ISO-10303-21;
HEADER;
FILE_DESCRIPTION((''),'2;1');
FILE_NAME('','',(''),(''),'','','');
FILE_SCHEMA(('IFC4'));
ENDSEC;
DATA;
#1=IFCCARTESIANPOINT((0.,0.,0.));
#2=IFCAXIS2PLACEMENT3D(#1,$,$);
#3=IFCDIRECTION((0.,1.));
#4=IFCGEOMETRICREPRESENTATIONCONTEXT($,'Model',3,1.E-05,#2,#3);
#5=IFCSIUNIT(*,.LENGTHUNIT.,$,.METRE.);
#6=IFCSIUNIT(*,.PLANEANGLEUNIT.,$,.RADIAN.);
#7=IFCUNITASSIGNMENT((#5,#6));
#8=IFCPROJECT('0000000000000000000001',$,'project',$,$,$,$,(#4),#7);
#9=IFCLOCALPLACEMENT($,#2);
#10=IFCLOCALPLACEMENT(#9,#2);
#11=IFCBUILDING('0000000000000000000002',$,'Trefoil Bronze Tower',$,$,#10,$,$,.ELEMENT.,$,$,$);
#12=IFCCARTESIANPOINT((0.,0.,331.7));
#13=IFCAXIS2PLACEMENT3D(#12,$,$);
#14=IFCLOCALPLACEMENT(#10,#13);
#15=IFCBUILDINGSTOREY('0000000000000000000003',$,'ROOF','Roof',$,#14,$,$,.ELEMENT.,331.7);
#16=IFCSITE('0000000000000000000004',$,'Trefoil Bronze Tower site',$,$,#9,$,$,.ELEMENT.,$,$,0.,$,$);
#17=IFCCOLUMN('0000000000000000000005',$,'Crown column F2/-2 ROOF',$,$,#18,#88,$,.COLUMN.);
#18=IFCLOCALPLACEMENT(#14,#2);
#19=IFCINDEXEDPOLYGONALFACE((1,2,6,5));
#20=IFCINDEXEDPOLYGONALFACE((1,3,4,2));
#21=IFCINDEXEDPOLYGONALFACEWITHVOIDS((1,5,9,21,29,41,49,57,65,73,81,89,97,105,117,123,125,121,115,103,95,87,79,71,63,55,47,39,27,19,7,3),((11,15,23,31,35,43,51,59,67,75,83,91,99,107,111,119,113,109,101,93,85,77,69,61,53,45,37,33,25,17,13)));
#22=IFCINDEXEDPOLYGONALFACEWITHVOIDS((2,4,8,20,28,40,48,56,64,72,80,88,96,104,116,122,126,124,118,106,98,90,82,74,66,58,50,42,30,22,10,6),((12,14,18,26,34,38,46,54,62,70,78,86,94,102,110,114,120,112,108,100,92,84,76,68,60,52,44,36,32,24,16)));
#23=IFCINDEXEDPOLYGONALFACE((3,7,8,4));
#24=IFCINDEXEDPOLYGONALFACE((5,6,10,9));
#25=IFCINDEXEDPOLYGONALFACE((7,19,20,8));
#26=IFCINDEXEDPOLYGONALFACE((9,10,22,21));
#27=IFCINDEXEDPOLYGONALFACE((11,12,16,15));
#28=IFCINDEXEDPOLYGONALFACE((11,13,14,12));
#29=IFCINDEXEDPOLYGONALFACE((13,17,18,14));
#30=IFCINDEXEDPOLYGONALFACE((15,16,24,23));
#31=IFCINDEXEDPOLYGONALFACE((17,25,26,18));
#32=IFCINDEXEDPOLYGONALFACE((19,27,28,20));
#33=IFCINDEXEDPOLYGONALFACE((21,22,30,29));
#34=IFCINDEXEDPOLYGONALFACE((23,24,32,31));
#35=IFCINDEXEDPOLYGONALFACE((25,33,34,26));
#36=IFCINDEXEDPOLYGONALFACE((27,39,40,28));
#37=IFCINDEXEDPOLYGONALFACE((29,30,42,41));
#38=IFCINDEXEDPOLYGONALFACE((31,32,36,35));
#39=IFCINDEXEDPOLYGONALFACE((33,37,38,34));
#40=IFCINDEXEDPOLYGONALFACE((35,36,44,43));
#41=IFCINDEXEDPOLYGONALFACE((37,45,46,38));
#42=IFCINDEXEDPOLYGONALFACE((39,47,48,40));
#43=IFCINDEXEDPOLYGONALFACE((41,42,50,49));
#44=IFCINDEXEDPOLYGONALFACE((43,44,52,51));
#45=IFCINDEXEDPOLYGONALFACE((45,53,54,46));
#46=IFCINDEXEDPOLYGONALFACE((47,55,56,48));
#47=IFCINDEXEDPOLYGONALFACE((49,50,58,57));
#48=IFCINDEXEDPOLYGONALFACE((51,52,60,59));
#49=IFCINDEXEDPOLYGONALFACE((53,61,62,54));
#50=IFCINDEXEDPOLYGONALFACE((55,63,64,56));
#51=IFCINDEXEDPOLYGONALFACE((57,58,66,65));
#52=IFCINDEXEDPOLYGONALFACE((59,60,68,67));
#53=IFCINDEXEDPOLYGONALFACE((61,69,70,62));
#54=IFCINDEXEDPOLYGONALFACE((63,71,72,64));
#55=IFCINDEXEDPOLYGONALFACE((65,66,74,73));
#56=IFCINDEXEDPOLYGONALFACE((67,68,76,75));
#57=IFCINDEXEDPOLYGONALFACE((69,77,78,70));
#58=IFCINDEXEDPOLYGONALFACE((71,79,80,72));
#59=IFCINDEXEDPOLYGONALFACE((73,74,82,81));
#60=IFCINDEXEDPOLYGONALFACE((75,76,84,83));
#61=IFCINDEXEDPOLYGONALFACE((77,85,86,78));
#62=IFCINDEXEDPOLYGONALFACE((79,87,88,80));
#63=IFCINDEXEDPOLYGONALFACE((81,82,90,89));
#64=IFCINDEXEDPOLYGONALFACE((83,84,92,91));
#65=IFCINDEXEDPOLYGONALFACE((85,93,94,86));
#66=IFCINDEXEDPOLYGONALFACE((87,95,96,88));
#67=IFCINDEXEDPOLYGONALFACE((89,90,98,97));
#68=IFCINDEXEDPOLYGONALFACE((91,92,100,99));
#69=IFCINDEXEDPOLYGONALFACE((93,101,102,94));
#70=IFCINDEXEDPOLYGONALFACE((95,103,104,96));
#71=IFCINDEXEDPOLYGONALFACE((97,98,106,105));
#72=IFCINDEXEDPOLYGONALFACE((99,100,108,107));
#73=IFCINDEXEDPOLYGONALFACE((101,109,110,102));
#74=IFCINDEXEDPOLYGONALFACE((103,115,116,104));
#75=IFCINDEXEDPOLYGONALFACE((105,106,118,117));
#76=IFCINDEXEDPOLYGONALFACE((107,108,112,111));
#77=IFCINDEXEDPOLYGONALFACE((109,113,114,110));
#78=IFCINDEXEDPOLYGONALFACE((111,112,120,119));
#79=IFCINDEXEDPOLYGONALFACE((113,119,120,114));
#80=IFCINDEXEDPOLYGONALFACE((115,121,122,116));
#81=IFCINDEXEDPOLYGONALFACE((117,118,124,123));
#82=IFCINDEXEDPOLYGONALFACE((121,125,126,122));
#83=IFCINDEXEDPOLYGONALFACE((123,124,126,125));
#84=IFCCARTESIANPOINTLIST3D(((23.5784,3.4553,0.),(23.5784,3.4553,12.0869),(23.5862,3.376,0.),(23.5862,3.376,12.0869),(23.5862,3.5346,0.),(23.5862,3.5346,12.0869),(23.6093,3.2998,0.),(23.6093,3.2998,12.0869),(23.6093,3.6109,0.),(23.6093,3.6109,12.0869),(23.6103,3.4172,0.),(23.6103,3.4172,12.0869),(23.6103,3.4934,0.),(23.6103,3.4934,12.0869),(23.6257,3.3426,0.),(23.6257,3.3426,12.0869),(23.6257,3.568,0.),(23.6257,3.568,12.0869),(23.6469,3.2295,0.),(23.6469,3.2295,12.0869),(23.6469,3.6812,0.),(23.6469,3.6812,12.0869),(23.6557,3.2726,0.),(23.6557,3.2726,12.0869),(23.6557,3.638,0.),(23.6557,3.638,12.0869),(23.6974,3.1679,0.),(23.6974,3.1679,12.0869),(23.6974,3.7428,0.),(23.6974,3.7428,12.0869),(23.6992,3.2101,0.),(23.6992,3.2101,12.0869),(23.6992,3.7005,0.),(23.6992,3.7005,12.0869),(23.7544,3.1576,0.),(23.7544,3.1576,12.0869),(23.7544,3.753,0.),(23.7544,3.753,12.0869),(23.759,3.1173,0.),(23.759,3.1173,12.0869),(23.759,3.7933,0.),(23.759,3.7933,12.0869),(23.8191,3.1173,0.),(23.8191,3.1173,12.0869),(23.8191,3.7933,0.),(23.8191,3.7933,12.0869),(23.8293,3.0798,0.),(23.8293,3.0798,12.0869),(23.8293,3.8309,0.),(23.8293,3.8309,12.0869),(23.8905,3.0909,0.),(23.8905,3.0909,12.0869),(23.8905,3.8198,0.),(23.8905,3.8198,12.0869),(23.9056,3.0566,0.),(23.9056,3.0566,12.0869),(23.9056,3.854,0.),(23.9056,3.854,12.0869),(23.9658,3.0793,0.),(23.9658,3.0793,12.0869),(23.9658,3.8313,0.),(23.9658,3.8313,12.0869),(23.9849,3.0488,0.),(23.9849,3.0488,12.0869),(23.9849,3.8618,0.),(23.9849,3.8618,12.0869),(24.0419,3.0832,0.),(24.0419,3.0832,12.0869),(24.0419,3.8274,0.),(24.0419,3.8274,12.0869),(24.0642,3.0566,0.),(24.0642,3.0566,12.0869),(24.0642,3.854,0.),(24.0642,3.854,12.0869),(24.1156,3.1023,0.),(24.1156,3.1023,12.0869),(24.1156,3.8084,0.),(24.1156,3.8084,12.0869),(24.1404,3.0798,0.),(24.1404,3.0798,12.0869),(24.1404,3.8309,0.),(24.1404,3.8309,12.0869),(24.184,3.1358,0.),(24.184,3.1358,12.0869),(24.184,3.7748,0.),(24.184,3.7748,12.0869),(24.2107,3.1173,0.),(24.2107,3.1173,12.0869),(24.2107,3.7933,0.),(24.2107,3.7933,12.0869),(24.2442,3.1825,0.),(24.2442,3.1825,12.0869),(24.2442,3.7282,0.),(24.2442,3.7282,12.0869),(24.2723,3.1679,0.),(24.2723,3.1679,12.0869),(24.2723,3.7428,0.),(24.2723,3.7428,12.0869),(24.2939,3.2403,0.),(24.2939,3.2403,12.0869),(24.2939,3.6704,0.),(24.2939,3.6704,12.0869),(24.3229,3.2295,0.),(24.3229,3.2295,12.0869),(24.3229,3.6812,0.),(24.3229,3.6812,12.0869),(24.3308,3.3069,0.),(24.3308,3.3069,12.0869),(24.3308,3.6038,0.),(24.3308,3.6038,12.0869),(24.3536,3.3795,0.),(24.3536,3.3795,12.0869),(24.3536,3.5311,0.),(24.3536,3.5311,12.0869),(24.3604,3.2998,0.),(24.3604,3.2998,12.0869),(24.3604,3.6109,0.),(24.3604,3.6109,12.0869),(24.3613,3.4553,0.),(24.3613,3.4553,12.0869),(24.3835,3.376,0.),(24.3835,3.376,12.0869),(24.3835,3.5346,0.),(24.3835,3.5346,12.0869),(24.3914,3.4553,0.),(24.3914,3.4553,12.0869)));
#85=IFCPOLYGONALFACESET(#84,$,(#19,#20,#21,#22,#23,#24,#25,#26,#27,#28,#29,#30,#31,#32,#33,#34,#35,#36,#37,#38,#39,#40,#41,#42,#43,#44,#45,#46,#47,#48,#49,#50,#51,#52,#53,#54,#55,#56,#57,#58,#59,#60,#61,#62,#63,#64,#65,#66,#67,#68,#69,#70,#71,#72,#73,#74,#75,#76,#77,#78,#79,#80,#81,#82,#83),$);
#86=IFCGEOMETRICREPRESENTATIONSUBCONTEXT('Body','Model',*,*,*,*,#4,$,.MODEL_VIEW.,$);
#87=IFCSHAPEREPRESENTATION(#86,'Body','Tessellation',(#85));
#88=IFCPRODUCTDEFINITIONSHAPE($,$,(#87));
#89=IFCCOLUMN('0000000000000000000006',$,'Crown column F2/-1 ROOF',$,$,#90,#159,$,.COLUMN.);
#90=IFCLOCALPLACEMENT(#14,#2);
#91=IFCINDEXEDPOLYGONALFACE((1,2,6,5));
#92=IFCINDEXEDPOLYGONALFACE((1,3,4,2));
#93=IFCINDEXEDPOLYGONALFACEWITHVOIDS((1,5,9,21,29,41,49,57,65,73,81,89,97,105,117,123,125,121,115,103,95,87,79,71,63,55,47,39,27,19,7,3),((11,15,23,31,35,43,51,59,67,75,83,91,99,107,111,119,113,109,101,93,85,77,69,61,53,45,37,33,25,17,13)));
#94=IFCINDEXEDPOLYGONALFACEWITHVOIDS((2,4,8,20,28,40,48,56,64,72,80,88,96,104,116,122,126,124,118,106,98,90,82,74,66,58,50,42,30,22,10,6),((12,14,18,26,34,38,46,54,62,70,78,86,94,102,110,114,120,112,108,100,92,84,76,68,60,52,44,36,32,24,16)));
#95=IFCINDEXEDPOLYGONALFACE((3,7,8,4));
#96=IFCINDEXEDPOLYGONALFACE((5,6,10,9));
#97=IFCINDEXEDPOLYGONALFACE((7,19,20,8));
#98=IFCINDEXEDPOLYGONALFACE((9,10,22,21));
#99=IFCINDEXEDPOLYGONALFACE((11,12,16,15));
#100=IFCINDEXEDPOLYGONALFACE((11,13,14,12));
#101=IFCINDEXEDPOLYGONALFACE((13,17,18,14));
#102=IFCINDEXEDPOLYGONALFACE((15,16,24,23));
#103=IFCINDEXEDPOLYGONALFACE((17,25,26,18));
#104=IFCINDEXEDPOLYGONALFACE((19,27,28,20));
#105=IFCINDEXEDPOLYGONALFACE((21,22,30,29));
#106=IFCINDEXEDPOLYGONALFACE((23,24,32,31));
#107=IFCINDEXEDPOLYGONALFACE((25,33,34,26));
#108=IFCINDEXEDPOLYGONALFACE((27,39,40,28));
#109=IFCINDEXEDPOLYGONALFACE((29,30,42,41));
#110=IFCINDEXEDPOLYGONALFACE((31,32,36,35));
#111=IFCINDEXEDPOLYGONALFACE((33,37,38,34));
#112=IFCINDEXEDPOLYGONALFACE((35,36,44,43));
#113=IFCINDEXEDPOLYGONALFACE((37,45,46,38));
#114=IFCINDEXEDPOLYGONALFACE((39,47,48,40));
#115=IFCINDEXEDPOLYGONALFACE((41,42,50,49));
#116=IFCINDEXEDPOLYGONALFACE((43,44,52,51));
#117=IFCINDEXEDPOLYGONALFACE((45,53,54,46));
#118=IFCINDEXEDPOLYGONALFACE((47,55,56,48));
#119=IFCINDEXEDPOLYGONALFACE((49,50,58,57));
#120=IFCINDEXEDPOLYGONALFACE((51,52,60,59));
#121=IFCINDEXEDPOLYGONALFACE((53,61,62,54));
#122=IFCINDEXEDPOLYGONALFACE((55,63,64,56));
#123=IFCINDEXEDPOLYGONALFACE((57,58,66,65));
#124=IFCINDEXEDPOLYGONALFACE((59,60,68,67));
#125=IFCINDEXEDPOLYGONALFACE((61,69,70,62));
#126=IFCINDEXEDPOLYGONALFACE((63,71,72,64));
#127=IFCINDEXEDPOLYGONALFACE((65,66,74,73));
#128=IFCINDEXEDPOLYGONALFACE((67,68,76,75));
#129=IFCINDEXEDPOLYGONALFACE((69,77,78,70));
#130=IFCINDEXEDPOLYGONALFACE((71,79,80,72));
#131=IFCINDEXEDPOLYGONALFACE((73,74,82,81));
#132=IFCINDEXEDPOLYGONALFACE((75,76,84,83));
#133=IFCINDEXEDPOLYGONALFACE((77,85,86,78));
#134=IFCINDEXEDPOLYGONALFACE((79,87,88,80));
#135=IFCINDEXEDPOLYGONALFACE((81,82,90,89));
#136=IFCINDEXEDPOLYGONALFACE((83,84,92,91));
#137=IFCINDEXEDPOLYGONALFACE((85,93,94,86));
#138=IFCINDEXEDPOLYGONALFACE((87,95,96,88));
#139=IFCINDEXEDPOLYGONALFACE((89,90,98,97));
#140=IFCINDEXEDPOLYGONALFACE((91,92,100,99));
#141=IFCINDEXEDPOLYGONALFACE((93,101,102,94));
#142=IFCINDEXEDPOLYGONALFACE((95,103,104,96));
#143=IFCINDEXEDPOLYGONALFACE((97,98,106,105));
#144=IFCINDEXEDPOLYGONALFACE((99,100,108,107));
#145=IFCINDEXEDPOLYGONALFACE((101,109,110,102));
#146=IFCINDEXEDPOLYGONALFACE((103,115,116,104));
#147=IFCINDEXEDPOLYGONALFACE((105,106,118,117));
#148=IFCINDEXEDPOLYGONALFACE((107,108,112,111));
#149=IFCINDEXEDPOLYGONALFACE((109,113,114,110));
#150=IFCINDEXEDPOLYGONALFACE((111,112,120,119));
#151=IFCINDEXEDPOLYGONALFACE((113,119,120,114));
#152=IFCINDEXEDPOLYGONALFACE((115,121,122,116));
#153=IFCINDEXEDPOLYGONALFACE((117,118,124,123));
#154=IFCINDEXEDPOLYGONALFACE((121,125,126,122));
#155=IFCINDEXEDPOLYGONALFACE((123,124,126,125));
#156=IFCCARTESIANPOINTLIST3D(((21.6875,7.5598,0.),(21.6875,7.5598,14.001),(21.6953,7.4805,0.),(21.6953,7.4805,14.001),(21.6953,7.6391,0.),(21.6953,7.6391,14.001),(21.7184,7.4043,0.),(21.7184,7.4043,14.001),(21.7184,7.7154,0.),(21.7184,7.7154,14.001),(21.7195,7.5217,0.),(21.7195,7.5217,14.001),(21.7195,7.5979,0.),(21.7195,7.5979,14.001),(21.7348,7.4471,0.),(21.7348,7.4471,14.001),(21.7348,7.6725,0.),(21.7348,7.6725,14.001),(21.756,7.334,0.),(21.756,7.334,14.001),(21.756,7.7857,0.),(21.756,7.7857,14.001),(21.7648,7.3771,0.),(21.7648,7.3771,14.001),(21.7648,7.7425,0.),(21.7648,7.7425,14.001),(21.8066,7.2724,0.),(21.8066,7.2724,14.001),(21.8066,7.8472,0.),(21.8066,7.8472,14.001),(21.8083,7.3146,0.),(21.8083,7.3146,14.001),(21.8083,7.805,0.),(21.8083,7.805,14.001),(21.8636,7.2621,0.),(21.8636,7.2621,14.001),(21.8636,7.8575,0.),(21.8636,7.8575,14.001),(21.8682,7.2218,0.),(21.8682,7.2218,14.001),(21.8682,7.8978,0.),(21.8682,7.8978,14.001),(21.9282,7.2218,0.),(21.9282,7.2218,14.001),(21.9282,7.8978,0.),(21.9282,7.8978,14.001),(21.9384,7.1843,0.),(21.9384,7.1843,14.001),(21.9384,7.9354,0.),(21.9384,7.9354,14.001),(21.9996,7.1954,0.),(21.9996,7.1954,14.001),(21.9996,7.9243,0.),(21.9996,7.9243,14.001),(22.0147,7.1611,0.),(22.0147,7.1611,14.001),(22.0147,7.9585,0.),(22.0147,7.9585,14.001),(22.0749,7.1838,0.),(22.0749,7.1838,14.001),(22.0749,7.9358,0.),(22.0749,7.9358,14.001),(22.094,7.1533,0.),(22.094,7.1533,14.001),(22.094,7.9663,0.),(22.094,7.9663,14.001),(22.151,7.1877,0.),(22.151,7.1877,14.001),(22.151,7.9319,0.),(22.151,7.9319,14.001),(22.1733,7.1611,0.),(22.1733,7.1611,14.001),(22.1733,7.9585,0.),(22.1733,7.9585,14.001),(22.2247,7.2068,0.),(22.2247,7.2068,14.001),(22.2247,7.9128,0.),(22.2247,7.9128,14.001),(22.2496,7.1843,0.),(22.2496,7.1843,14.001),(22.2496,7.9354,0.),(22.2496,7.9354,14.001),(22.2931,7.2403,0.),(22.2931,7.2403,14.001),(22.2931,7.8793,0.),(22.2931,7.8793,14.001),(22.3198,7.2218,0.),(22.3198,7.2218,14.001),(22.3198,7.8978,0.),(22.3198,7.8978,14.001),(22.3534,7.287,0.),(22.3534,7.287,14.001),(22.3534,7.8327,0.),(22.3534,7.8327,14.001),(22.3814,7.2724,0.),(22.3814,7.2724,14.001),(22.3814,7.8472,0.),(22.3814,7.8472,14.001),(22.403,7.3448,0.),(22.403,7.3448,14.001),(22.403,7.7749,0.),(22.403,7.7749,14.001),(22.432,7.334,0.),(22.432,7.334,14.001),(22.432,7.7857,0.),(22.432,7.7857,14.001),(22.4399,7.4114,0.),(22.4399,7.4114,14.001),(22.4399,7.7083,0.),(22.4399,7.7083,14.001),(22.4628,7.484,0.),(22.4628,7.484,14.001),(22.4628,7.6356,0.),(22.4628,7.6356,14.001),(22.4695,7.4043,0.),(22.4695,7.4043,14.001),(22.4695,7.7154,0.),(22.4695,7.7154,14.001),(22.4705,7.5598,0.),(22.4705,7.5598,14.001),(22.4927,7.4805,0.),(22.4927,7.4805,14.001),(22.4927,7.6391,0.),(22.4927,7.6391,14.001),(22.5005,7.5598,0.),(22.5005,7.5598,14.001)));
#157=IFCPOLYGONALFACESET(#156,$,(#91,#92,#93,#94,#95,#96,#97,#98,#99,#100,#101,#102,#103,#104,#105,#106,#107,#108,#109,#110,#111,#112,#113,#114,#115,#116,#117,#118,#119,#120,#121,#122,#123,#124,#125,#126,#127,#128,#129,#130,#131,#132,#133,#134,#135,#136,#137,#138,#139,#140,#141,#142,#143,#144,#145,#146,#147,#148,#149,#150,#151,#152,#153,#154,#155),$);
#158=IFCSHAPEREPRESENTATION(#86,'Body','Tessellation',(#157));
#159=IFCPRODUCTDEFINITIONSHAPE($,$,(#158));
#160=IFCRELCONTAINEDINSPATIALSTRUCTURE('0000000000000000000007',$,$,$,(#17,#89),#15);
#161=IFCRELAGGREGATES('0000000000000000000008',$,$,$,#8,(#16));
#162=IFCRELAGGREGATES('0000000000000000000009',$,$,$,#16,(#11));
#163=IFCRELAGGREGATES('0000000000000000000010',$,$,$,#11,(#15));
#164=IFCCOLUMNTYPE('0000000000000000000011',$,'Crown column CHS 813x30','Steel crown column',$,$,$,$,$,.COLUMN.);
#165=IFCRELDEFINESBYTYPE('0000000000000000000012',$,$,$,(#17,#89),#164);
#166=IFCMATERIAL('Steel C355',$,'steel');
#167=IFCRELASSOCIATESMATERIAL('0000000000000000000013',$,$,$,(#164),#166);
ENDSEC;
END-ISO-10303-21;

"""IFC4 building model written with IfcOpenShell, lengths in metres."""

from ifc_helpers import new_model, si_unit, direction, frame, origin, origin_2d, place, context, subcontext, project, spatial, hollow_circle, extrude, material, material_profile, profile_set, type_object, element, save


model = new_model("IFC4")

# Units and contexts
model_context = context("Model", 3, precision=1e-05, world=origin(), true_north=direction((0.0, 1.0)))
body_context = subcontext(model_context, "Body", "Model", "MODEL_VIEW")
ifc_project = project(units=[si_unit("LENGTHUNIT", "METRE"), si_unit("PLANEANGLEUNIT", "RADIAN")], contexts=[model_context])

# Site, building, storey
site_placement = place(None, origin())
site = spatial("IfcSite", under=ifc_project, at=site_placement, Name="Trefoil Bronze Tower site", CompositionType="ELEMENT", RefElevation=0.0)
building_placement = place(site_placement, origin())
building = spatial("IfcBuilding", under=site, at=building_placement, Name="Trefoil Bronze Tower", CompositionType="ELEMENT")
storey_placement = place(building_placement, frame((0.0, 0.0, 331.7)))
storey = spatial("IfcBuildingStorey", under=building, at=storey_placement, Name="ROOF", Description="Roof", CompositionType="ELEMENT", Elevation=331.7)

# Columns
ifc_material_1 = material(Name="Steel C355", Category="steel")
ifc_material_profile_1 = material_profile(ifc_material_1, hollow_circle(Radius=0.4065, WallThickness=0.03, at=origin_2d()), Name="CHS 813x30")
ifc_profile_set_1 = profile_set([ifc_material_profile_1], Name="Steel C355")
column_type_1 = type_object("IfcColumnType", Name="Crown column CHS 813x30", Description="Steel crown column", PredefinedType="COLUMN", material=ifc_profile_set_1)
column_1_placement = place(storey_placement, frame((23.9849, 3.4553, 0.0), z_axis=(0.0, 0.0, 1.0), x_axis=(1.0, 0.0, 0.0)))
element("IfcColumn", 1, at=column_1_placement, inside=storey, type_object=column_type_1, Name="Crown column F2/-2 ROOF", PredefinedType="COLUMN", context=body_context, shape_type="SweptSolid", body=[
    extrude(hollow_circle(Radius=0.4065, WallThickness=0.03, at=origin_2d()), origin(), (0.0, 0.0, 1.0), 12.0869),
])
column_2_placement = place(storey_placement, frame((22.094, 7.5598, 0.0), z_axis=(0.0, 0.0, 1.0), x_axis=(1.0, 0.0, 0.0)))
element("IfcColumn", 2, at=column_2_placement, inside=storey, type_object=column_type_1, Name="Crown column F2/-1 ROOF", PredefinedType="COLUMN", context=body_context, shape_type="SweptSolid", body=[
    extrude(hollow_circle(Radius=0.4065, WallThickness=0.03, at=origin_2d()), origin(), (0.0, 0.0, 1.0), 14.001),
])

save(model, "model.ifc")
